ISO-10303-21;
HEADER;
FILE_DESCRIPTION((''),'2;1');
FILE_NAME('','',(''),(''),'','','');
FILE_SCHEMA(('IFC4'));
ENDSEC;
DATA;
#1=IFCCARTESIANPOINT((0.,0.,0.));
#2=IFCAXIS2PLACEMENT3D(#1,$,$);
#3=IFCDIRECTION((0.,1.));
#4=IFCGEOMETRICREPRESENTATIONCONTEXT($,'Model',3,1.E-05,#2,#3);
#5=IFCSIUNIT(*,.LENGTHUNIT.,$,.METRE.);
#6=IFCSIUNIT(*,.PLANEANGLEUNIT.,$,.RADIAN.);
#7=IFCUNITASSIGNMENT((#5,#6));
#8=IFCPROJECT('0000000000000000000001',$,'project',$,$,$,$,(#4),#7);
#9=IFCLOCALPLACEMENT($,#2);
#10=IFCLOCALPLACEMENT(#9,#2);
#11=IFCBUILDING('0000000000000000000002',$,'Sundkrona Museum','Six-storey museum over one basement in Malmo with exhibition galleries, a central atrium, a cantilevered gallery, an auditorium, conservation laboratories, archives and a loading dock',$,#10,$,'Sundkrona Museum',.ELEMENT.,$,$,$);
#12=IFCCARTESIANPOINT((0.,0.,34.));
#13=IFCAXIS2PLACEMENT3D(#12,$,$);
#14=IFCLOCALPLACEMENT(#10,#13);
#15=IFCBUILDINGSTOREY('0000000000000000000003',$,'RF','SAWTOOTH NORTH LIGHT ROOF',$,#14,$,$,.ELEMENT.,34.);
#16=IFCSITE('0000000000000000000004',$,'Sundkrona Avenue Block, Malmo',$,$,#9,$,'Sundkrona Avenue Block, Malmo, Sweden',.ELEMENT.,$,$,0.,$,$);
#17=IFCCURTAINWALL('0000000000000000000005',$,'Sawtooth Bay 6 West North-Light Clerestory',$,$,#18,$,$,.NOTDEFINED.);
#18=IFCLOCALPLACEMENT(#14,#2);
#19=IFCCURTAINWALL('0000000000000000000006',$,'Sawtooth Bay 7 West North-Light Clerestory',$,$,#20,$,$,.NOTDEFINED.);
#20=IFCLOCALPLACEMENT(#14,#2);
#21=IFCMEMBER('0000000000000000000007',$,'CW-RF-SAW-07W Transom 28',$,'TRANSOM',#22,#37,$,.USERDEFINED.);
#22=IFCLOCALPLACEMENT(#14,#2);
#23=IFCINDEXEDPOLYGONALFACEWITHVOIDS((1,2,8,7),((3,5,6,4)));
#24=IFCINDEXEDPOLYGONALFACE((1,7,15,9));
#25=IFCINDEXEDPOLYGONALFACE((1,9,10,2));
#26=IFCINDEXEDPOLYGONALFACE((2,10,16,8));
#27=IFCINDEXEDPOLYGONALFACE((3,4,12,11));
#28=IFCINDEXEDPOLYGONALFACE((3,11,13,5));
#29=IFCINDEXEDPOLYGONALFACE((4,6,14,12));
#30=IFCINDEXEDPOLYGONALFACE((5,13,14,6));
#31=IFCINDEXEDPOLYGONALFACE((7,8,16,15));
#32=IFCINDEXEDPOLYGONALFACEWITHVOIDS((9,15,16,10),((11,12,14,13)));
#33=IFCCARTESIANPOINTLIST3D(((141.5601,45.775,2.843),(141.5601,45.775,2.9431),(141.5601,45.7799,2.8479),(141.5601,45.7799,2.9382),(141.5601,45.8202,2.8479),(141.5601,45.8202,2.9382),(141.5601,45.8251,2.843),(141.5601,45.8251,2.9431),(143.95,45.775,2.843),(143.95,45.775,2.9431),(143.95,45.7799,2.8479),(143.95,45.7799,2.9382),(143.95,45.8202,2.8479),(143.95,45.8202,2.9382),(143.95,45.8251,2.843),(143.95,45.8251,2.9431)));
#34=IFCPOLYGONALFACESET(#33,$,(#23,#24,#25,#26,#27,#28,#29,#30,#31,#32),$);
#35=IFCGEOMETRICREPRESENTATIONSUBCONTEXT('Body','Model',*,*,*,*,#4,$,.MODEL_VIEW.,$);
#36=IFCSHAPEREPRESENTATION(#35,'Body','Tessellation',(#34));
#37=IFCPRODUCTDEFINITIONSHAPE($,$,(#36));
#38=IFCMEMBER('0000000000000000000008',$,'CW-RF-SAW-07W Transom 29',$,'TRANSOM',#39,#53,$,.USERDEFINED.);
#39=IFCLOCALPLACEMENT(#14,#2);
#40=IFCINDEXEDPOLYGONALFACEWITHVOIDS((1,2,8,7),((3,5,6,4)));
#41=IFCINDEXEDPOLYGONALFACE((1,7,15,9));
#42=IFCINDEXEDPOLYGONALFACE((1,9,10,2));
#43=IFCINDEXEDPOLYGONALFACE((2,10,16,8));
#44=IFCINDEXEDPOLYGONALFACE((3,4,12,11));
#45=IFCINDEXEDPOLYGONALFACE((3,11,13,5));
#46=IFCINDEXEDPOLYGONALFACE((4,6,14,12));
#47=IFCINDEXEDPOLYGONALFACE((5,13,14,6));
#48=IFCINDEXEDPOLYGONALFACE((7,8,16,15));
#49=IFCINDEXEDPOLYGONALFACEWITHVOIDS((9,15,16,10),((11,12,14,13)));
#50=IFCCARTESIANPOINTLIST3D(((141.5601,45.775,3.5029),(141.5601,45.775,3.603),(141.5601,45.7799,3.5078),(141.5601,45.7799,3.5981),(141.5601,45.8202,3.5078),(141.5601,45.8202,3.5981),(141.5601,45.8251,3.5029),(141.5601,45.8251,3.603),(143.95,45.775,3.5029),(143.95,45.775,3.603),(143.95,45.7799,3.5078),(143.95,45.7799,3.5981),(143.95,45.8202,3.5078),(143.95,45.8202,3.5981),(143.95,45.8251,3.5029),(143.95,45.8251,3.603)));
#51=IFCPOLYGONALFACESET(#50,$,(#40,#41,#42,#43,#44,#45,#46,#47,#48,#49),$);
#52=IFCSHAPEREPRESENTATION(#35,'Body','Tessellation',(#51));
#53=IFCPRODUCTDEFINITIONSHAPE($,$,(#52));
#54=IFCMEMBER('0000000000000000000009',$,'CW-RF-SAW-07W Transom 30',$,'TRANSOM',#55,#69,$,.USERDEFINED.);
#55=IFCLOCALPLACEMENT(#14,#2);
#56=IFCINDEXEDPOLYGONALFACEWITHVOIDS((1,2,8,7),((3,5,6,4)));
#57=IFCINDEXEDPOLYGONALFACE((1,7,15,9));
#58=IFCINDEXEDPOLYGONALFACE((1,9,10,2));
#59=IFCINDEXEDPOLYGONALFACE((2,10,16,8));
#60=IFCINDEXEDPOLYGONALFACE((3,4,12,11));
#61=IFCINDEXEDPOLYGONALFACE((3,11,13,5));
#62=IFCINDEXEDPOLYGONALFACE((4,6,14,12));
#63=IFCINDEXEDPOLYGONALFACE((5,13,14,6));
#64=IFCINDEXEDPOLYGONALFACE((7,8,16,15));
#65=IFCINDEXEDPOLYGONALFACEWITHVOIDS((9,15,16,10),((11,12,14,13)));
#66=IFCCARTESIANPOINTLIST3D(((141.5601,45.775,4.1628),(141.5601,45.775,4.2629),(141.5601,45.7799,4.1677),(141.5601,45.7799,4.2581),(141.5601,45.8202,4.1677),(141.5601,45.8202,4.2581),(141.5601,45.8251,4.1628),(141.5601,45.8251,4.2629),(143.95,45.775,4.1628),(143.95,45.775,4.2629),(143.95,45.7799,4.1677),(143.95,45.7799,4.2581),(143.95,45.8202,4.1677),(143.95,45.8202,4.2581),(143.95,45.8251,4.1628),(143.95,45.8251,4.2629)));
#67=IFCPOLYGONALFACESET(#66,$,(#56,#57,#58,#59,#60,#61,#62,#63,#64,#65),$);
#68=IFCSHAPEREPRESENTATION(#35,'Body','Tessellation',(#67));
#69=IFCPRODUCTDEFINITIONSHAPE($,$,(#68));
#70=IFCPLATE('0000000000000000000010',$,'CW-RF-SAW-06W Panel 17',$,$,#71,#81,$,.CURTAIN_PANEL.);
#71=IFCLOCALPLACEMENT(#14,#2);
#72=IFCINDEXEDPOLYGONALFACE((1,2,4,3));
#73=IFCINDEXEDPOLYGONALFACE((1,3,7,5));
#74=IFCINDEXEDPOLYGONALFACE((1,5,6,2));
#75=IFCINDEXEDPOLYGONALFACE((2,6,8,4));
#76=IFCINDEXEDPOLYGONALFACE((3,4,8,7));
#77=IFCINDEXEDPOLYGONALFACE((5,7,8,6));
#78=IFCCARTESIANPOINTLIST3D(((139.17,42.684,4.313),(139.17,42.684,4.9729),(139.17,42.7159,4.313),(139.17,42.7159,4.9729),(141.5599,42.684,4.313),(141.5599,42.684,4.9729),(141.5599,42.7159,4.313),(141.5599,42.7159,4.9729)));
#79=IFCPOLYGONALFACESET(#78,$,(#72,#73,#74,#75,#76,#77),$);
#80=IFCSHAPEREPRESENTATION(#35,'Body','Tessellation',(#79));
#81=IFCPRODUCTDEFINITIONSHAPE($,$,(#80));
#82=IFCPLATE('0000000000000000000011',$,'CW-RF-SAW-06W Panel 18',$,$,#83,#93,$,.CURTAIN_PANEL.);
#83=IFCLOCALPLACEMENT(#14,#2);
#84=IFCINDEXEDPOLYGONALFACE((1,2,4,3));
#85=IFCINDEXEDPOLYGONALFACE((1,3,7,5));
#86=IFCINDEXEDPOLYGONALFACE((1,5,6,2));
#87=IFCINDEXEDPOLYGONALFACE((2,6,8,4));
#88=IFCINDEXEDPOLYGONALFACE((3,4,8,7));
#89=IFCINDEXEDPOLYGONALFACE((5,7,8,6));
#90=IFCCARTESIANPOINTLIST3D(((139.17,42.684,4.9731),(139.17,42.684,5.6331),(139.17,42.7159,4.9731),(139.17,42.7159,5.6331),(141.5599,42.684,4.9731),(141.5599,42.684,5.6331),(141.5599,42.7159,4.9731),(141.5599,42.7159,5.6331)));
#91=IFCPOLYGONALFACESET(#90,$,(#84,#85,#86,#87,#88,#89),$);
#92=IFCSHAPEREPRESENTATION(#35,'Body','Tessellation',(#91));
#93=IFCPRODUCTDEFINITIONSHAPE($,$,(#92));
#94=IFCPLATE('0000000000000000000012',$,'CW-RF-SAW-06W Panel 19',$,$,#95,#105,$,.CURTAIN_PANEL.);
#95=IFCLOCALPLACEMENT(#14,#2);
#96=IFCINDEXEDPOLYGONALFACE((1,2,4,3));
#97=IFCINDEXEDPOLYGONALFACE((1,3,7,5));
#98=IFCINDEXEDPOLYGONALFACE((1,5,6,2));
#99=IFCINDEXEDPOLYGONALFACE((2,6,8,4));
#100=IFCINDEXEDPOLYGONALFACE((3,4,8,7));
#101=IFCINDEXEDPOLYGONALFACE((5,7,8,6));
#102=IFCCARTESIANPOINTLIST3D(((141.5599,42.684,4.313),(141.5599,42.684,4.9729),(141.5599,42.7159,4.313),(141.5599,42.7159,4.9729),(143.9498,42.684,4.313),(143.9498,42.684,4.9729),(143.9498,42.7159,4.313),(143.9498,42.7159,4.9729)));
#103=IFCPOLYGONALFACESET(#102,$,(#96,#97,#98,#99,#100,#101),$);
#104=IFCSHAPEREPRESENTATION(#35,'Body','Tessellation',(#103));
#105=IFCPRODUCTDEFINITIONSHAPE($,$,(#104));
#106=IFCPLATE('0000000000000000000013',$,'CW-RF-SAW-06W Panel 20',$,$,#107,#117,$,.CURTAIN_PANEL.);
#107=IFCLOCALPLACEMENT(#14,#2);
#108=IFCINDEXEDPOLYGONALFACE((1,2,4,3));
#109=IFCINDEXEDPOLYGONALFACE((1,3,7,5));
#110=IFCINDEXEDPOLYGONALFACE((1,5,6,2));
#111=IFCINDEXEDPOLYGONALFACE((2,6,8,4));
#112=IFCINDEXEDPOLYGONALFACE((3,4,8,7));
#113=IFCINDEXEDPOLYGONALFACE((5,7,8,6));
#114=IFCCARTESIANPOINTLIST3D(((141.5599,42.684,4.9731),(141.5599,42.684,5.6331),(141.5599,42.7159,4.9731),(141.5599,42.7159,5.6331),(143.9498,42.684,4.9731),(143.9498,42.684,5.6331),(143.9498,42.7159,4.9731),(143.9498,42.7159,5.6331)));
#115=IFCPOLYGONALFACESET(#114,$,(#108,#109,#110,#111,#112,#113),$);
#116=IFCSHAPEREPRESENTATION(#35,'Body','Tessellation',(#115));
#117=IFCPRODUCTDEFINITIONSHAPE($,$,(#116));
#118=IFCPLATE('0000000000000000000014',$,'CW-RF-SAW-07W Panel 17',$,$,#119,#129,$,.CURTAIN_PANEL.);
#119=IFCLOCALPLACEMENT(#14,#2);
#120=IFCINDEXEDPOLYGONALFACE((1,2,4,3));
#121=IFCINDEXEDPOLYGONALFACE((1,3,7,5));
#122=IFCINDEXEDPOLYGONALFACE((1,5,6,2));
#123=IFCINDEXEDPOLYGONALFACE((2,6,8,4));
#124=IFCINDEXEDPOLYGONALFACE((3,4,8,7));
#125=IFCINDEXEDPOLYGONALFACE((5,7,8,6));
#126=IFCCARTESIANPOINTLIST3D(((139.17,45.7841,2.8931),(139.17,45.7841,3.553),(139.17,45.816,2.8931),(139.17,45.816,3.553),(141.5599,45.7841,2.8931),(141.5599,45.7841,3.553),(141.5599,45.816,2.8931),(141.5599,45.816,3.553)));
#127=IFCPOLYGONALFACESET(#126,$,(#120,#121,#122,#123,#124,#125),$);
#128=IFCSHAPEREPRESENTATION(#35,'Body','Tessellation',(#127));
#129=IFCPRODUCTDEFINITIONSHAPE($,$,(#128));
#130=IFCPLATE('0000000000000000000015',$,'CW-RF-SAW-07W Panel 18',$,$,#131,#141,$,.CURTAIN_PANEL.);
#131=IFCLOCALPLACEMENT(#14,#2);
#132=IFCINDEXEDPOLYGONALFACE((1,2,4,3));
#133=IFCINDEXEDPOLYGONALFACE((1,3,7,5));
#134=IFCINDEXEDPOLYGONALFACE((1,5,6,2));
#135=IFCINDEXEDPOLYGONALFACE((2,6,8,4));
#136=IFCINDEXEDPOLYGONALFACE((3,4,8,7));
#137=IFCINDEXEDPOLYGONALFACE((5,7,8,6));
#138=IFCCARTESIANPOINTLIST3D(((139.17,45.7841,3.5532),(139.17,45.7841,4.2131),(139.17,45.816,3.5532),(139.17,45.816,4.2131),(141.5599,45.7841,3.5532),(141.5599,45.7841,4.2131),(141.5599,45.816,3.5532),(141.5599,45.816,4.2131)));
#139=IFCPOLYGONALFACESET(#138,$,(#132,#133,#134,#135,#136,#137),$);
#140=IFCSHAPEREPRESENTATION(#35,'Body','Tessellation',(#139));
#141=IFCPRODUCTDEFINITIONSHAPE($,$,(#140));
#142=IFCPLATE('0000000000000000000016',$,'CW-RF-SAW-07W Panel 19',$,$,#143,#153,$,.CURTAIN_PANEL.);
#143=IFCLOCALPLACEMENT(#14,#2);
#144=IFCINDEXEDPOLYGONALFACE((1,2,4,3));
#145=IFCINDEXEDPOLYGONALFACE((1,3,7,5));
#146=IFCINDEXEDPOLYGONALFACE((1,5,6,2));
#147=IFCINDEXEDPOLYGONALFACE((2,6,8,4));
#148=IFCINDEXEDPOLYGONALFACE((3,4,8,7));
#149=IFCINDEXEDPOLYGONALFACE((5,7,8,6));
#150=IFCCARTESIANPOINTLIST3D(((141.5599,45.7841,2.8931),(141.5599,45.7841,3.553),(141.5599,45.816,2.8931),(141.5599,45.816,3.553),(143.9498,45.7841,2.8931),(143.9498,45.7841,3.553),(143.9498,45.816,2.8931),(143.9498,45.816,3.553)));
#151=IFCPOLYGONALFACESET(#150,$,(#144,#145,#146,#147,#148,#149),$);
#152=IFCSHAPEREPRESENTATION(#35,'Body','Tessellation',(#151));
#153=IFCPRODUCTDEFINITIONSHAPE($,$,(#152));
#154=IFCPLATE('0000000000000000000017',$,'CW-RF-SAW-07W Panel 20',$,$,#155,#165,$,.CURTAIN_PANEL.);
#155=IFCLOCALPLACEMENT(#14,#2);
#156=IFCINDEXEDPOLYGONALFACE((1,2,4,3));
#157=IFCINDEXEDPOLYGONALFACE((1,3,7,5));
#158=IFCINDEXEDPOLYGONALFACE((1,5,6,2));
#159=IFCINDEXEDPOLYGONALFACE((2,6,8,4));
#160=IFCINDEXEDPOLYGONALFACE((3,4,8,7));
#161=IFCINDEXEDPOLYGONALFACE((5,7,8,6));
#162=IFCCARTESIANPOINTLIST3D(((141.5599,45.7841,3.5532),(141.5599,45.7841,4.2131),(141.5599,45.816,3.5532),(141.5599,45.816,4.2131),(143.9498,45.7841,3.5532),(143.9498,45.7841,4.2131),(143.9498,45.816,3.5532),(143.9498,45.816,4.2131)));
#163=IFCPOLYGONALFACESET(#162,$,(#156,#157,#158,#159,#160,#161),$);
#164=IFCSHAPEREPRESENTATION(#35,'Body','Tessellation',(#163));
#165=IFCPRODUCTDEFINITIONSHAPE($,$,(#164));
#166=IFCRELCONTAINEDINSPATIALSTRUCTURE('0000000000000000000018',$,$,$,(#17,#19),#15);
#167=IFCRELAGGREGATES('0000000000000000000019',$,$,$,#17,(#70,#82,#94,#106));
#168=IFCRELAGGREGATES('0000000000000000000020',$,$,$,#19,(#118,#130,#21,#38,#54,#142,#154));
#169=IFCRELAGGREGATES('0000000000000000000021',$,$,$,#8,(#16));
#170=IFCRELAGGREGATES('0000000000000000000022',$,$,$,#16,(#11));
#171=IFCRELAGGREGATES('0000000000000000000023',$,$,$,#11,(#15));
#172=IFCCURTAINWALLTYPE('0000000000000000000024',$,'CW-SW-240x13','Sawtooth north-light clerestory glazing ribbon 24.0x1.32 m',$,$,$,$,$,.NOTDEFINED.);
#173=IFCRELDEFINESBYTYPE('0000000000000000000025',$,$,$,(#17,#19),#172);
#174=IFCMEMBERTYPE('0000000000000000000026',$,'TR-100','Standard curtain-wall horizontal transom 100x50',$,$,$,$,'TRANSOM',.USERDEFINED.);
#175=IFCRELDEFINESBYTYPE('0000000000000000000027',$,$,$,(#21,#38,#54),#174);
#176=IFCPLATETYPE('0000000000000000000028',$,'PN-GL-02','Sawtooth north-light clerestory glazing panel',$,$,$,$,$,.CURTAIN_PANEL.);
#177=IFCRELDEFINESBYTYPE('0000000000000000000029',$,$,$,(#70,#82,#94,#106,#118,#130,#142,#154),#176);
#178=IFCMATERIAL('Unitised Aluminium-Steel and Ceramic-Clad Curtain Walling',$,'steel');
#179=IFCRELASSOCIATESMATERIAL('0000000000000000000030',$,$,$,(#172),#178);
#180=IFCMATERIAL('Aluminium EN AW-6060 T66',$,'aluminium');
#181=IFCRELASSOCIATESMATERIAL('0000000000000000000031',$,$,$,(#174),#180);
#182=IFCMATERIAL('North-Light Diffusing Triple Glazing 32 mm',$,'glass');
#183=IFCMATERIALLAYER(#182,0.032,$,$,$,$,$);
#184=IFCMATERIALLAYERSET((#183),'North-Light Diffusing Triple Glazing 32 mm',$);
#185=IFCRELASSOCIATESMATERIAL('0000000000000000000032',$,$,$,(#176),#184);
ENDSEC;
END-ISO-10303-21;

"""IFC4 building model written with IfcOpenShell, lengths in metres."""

from ifc_helpers import new_model, si_unit, direction, frame, origin, origin_2d, place, context, subcontext, project, spatial, rectangle, hollow_rectangle, extrude, material, layer, layer_set, material_profile, profile_set, type_object, element, aggregate, save


model = new_model("IFC4")

# Units and contexts
model_context = context("Model", 3, precision=1e-05, world=origin(), true_north=direction((0.0, 1.0)))
body_context = subcontext(model_context, "Body", "Model", "MODEL_VIEW")
ifc_project = project(units=[si_unit("LENGTHUNIT", "METRE"), si_unit("PLANEANGLEUNIT", "RADIAN")], contexts=[model_context])

# Site, building, storey
site_placement = place(None, origin())
site = spatial("IfcSite", under=ifc_project, at=site_placement, Name="Sundkrona Avenue Block, Malmo", LongName="Sundkrona Avenue Block, Malmo, Sweden", CompositionType="ELEMENT", RefElevation=0.0)
building_placement = place(site_placement, origin())
building = spatial("IfcBuilding", under=site, at=building_placement, Name="Sundkrona Museum", Description="Six-storey museum over one basement in Malmo with exhibition galleries, a central atrium, a cantilevered gallery, an auditorium, conservation laboratories, archives and a loading dock", LongName="Sundkrona Museum", CompositionType="ELEMENT")
storey_placement = place(building_placement, frame((0.0, 0.0, 34.0)))
storey = spatial("IfcBuildingStorey", under=building, at=storey_placement, Name="RF", Description="SAWTOOTH NORTH LIGHT ROOF", CompositionType="ELEMENT", Elevation=34.0)

# Curtain walls
ifc_material_1 = material(Name="Unitised Aluminium-Steel and Ceramic-Clad Curtain Walling", Category="steel")
curtain_wall_type = type_object("IfcCurtainWallType", Name="CW-SW-240x13", Description="Sawtooth north-light clerestory glazing ribbon 24.0x1.32 m", PredefinedType="NOTDEFINED", material=ifc_material_1)
curtain_wall_1_placement = place(storey_placement, origin())
curtain_wall_1 = element("IfcCurtainWall", 1, at=curtain_wall_1_placement, inside=storey, type_object=curtain_wall_type, Name="Sawtooth Bay 6 West North-Light Clerestory", PredefinedType="NOTDEFINED")
ifc_material_2 = material(Name="Aluminium EN AW-6060 T66", Category="aluminium")
curtain_wall_2_placement = place(storey_placement, origin())
curtain_wall_2 = element("IfcCurtainWall", 2, at=curtain_wall_2_placement, inside=storey, type_object=curtain_wall_type, Name="Sawtooth Bay 7 West North-Light Clerestory", PredefinedType="NOTDEFINED")

# Members
ifc_material_profile_1 = material_profile(ifc_material_2, hollow_rectangle(XDim=0.05, YDim=0.1001, WallThickness=0.0049, at=origin_2d()), Name="RHS 100x50x5.0")
ifc_profile_set_1 = profile_set([ifc_material_profile_1], Name="Aluminium EN AW-6060 T66")
member_type_1 = type_object("IfcMemberType", Name="TR-100", Description="Standard curtain-wall horizontal transom 100x50", ElementType="TRANSOM", PredefinedType="USERDEFINED", material=ifc_profile_set_1)
member_1_placement = place(storey_placement, frame((141.5601, 45.8, 2.8931), z_axis=(1.0, 0.0, 0.0), x_axis=(0.0, 1.0, 0.0)))
member_1 = element("IfcMember", 3, at=member_1_placement, type_object=member_type_1, Name="CW-RF-SAW-07W Transom 28", ObjectType="TRANSOM", PredefinedType="USERDEFINED", context=body_context, shape_type="SweptSolid", body=[
    extrude(hollow_rectangle(XDim=0.05, YDim=0.1001, WallThickness=0.0049, at=origin_2d()), origin(), (0.0, 0.0, 1.0), 2.3899),
])
member_2_placement = place(storey_placement, frame((141.5601, 45.8, 3.553), z_axis=(1.0, 0.0, 0.0), x_axis=(0.0, 1.0, 0.0)))
member_2 = element("IfcMember", 4, at=member_2_placement, type_object=member_type_1, Name="CW-RF-SAW-07W Transom 29", ObjectType="TRANSOM", PredefinedType="USERDEFINED", context=body_context, shape_type="SweptSolid", body=[
    extrude(hollow_rectangle(XDim=0.05, YDim=0.1001, WallThickness=0.0049, at=origin_2d()), origin(), (0.0, 0.0, 1.0), 2.3899),
])
member_3_placement = place(storey_placement, frame((141.5601, 45.8, 4.2129), z_axis=(1.0, 0.0, 0.0), x_axis=(0.0, 1.0, 0.0)))
member_3 = element("IfcMember", 5, at=member_3_placement, type_object=member_type_1, Name="CW-RF-SAW-07W Transom 30", ObjectType="TRANSOM", PredefinedType="USERDEFINED", context=body_context, shape_type="SweptSolid", body=[
    extrude(hollow_rectangle(XDim=0.05, YDim=0.1001, WallThickness=0.0049, at=origin_2d()), origin(), (0.0, 0.0, 1.0), 2.3899),
])

# Plates
ifc_material_3 = material(Name="North-Light Diffusing Triple Glazing 32 mm", Category="glass")
ifc_layer_1 = layer(ifc_material_3, 0.032)
ifc_layer_set_1 = layer_set([ifc_layer_1], Name="North-Light Diffusing Triple Glazing 32 mm")
plate_type = type_object("IfcPlateType", Name="PN-GL-02", Description="Sawtooth north-light clerestory glazing panel", PredefinedType="CURTAIN_PANEL", material=ifc_layer_set_1)
plate_1_placement = place(storey_placement, frame((140.365, 42.7, 4.313), z_axis=(0.0, 0.0, 1.0), x_axis=(1.0, 0.0, 0.0)))
plate_1 = element("IfcPlate", 6, at=plate_1_placement, type_object=plate_type, Name="CW-RF-SAW-06W Panel 17", PredefinedType="CURTAIN_PANEL", context=body_context, shape_type="SweptSolid", body=[
    extrude(rectangle(XDim=2.3899, YDim=0.032, at=origin_2d()), origin(), (0.0, 0.0, 1.0), 0.6599),
])
plate_2_placement = place(storey_placement, frame((140.365, 42.7, 4.9731), z_axis=(0.0, 0.0, 1.0), x_axis=(1.0, 0.0, 0.0)))
plate_2 = element("IfcPlate", 7, at=plate_2_placement, type_object=plate_type, Name="CW-RF-SAW-06W Panel 18", PredefinedType="CURTAIN_PANEL", context=body_context, shape_type="SweptSolid", body=[
    extrude(rectangle(XDim=2.3899, YDim=0.032, at=origin_2d()), origin(), (0.0, 0.0, 1.0), 0.6599),
])
plate_3_placement = place(storey_placement, frame((142.7549, 42.7, 4.313), z_axis=(0.0, 0.0, 1.0), x_axis=(1.0, 0.0, 0.0)))
plate_3 = element("IfcPlate", 8, at=plate_3_placement, type_object=plate_type, Name="CW-RF-SAW-06W Panel 19", PredefinedType="CURTAIN_PANEL", context=body_context, shape_type="SweptSolid", body=[
    extrude(rectangle(XDim=2.3899, YDim=0.032, at=origin_2d()), origin(), (0.0, 0.0, 1.0), 0.6599),
])
plate_4_placement = place(storey_placement, frame((142.7549, 42.7, 4.9731), z_axis=(0.0, 0.0, 1.0), x_axis=(1.0, 0.0, 0.0)))
plate_4 = element("IfcPlate", 9, at=plate_4_placement, type_object=plate_type, Name="CW-RF-SAW-06W Panel 20", PredefinedType="CURTAIN_PANEL", context=body_context, shape_type="SweptSolid", body=[
    extrude(rectangle(XDim=2.3899, YDim=0.032, at=origin_2d()), origin(), (0.0, 0.0, 1.0), 0.6599),
])
aggregate(curtain_wall_1, [plate_1, plate_2, plate_3, plate_4])
plate_5_placement = place(storey_placement, frame((140.365, 45.8, 2.8931), z_axis=(0.0, 0.0, 1.0), x_axis=(1.0, 0.0, 0.0)))
plate_5 = element("IfcPlate", 10, at=plate_5_placement, type_object=plate_type, Name="CW-RF-SAW-07W Panel 17", PredefinedType="CURTAIN_PANEL", context=body_context, shape_type="SweptSolid", body=[
    extrude(rectangle(XDim=2.3899, YDim=0.032, at=origin_2d()), origin(), (0.0, 0.0, 1.0), 0.6599),
])
plate_6_placement = place(storey_placement, frame((140.365, 45.8, 3.5532), z_axis=(0.0, 0.0, 1.0), x_axis=(1.0, 0.0, 0.0)))
plate_6 = element("IfcPlate", 11, at=plate_6_placement, type_object=plate_type, Name="CW-RF-SAW-07W Panel 18", PredefinedType="CURTAIN_PANEL", context=body_context, shape_type="SweptSolid", body=[
    extrude(rectangle(XDim=2.3899, YDim=0.032, at=origin_2d()), origin(), (0.0, 0.0, 1.0), 0.6599),
])
plate_7_placement = place(storey_placement, frame((142.7549, 45.8, 2.8931), z_axis=(0.0, 0.0, 1.0), x_axis=(1.0, 0.0, 0.0)))
plate_7 = element("IfcPlate", 12, at=plate_7_placement, type_object=plate_type, Name="CW-RF-SAW-07W Panel 19", PredefinedType="CURTAIN_PANEL", context=body_context, shape_type="SweptSolid", body=[
    extrude(rectangle(XDim=2.3899, YDim=0.032, at=origin_2d()), origin(), (0.0, 0.0, 1.0), 0.6599),
])
plate_8_placement = place(storey_placement, frame((142.7549, 45.8, 3.5532), z_axis=(0.0, 0.0, 1.0), x_axis=(1.0, 0.0, 0.0)))
plate_8 = element("IfcPlate", 13, at=plate_8_placement, type_object=plate_type, Name="CW-RF-SAW-07W Panel 20", PredefinedType="CURTAIN_PANEL", context=body_context, shape_type="SweptSolid", body=[
    extrude(rectangle(XDim=2.3899, YDim=0.032, at=origin_2d()), origin(), (0.0, 0.0, 1.0), 0.6599),
])
aggregate(curtain_wall_2, [plate_5, plate_6, member_1, member_2, member_3, plate_7, plate_8])

save(model, "model.ifc")
